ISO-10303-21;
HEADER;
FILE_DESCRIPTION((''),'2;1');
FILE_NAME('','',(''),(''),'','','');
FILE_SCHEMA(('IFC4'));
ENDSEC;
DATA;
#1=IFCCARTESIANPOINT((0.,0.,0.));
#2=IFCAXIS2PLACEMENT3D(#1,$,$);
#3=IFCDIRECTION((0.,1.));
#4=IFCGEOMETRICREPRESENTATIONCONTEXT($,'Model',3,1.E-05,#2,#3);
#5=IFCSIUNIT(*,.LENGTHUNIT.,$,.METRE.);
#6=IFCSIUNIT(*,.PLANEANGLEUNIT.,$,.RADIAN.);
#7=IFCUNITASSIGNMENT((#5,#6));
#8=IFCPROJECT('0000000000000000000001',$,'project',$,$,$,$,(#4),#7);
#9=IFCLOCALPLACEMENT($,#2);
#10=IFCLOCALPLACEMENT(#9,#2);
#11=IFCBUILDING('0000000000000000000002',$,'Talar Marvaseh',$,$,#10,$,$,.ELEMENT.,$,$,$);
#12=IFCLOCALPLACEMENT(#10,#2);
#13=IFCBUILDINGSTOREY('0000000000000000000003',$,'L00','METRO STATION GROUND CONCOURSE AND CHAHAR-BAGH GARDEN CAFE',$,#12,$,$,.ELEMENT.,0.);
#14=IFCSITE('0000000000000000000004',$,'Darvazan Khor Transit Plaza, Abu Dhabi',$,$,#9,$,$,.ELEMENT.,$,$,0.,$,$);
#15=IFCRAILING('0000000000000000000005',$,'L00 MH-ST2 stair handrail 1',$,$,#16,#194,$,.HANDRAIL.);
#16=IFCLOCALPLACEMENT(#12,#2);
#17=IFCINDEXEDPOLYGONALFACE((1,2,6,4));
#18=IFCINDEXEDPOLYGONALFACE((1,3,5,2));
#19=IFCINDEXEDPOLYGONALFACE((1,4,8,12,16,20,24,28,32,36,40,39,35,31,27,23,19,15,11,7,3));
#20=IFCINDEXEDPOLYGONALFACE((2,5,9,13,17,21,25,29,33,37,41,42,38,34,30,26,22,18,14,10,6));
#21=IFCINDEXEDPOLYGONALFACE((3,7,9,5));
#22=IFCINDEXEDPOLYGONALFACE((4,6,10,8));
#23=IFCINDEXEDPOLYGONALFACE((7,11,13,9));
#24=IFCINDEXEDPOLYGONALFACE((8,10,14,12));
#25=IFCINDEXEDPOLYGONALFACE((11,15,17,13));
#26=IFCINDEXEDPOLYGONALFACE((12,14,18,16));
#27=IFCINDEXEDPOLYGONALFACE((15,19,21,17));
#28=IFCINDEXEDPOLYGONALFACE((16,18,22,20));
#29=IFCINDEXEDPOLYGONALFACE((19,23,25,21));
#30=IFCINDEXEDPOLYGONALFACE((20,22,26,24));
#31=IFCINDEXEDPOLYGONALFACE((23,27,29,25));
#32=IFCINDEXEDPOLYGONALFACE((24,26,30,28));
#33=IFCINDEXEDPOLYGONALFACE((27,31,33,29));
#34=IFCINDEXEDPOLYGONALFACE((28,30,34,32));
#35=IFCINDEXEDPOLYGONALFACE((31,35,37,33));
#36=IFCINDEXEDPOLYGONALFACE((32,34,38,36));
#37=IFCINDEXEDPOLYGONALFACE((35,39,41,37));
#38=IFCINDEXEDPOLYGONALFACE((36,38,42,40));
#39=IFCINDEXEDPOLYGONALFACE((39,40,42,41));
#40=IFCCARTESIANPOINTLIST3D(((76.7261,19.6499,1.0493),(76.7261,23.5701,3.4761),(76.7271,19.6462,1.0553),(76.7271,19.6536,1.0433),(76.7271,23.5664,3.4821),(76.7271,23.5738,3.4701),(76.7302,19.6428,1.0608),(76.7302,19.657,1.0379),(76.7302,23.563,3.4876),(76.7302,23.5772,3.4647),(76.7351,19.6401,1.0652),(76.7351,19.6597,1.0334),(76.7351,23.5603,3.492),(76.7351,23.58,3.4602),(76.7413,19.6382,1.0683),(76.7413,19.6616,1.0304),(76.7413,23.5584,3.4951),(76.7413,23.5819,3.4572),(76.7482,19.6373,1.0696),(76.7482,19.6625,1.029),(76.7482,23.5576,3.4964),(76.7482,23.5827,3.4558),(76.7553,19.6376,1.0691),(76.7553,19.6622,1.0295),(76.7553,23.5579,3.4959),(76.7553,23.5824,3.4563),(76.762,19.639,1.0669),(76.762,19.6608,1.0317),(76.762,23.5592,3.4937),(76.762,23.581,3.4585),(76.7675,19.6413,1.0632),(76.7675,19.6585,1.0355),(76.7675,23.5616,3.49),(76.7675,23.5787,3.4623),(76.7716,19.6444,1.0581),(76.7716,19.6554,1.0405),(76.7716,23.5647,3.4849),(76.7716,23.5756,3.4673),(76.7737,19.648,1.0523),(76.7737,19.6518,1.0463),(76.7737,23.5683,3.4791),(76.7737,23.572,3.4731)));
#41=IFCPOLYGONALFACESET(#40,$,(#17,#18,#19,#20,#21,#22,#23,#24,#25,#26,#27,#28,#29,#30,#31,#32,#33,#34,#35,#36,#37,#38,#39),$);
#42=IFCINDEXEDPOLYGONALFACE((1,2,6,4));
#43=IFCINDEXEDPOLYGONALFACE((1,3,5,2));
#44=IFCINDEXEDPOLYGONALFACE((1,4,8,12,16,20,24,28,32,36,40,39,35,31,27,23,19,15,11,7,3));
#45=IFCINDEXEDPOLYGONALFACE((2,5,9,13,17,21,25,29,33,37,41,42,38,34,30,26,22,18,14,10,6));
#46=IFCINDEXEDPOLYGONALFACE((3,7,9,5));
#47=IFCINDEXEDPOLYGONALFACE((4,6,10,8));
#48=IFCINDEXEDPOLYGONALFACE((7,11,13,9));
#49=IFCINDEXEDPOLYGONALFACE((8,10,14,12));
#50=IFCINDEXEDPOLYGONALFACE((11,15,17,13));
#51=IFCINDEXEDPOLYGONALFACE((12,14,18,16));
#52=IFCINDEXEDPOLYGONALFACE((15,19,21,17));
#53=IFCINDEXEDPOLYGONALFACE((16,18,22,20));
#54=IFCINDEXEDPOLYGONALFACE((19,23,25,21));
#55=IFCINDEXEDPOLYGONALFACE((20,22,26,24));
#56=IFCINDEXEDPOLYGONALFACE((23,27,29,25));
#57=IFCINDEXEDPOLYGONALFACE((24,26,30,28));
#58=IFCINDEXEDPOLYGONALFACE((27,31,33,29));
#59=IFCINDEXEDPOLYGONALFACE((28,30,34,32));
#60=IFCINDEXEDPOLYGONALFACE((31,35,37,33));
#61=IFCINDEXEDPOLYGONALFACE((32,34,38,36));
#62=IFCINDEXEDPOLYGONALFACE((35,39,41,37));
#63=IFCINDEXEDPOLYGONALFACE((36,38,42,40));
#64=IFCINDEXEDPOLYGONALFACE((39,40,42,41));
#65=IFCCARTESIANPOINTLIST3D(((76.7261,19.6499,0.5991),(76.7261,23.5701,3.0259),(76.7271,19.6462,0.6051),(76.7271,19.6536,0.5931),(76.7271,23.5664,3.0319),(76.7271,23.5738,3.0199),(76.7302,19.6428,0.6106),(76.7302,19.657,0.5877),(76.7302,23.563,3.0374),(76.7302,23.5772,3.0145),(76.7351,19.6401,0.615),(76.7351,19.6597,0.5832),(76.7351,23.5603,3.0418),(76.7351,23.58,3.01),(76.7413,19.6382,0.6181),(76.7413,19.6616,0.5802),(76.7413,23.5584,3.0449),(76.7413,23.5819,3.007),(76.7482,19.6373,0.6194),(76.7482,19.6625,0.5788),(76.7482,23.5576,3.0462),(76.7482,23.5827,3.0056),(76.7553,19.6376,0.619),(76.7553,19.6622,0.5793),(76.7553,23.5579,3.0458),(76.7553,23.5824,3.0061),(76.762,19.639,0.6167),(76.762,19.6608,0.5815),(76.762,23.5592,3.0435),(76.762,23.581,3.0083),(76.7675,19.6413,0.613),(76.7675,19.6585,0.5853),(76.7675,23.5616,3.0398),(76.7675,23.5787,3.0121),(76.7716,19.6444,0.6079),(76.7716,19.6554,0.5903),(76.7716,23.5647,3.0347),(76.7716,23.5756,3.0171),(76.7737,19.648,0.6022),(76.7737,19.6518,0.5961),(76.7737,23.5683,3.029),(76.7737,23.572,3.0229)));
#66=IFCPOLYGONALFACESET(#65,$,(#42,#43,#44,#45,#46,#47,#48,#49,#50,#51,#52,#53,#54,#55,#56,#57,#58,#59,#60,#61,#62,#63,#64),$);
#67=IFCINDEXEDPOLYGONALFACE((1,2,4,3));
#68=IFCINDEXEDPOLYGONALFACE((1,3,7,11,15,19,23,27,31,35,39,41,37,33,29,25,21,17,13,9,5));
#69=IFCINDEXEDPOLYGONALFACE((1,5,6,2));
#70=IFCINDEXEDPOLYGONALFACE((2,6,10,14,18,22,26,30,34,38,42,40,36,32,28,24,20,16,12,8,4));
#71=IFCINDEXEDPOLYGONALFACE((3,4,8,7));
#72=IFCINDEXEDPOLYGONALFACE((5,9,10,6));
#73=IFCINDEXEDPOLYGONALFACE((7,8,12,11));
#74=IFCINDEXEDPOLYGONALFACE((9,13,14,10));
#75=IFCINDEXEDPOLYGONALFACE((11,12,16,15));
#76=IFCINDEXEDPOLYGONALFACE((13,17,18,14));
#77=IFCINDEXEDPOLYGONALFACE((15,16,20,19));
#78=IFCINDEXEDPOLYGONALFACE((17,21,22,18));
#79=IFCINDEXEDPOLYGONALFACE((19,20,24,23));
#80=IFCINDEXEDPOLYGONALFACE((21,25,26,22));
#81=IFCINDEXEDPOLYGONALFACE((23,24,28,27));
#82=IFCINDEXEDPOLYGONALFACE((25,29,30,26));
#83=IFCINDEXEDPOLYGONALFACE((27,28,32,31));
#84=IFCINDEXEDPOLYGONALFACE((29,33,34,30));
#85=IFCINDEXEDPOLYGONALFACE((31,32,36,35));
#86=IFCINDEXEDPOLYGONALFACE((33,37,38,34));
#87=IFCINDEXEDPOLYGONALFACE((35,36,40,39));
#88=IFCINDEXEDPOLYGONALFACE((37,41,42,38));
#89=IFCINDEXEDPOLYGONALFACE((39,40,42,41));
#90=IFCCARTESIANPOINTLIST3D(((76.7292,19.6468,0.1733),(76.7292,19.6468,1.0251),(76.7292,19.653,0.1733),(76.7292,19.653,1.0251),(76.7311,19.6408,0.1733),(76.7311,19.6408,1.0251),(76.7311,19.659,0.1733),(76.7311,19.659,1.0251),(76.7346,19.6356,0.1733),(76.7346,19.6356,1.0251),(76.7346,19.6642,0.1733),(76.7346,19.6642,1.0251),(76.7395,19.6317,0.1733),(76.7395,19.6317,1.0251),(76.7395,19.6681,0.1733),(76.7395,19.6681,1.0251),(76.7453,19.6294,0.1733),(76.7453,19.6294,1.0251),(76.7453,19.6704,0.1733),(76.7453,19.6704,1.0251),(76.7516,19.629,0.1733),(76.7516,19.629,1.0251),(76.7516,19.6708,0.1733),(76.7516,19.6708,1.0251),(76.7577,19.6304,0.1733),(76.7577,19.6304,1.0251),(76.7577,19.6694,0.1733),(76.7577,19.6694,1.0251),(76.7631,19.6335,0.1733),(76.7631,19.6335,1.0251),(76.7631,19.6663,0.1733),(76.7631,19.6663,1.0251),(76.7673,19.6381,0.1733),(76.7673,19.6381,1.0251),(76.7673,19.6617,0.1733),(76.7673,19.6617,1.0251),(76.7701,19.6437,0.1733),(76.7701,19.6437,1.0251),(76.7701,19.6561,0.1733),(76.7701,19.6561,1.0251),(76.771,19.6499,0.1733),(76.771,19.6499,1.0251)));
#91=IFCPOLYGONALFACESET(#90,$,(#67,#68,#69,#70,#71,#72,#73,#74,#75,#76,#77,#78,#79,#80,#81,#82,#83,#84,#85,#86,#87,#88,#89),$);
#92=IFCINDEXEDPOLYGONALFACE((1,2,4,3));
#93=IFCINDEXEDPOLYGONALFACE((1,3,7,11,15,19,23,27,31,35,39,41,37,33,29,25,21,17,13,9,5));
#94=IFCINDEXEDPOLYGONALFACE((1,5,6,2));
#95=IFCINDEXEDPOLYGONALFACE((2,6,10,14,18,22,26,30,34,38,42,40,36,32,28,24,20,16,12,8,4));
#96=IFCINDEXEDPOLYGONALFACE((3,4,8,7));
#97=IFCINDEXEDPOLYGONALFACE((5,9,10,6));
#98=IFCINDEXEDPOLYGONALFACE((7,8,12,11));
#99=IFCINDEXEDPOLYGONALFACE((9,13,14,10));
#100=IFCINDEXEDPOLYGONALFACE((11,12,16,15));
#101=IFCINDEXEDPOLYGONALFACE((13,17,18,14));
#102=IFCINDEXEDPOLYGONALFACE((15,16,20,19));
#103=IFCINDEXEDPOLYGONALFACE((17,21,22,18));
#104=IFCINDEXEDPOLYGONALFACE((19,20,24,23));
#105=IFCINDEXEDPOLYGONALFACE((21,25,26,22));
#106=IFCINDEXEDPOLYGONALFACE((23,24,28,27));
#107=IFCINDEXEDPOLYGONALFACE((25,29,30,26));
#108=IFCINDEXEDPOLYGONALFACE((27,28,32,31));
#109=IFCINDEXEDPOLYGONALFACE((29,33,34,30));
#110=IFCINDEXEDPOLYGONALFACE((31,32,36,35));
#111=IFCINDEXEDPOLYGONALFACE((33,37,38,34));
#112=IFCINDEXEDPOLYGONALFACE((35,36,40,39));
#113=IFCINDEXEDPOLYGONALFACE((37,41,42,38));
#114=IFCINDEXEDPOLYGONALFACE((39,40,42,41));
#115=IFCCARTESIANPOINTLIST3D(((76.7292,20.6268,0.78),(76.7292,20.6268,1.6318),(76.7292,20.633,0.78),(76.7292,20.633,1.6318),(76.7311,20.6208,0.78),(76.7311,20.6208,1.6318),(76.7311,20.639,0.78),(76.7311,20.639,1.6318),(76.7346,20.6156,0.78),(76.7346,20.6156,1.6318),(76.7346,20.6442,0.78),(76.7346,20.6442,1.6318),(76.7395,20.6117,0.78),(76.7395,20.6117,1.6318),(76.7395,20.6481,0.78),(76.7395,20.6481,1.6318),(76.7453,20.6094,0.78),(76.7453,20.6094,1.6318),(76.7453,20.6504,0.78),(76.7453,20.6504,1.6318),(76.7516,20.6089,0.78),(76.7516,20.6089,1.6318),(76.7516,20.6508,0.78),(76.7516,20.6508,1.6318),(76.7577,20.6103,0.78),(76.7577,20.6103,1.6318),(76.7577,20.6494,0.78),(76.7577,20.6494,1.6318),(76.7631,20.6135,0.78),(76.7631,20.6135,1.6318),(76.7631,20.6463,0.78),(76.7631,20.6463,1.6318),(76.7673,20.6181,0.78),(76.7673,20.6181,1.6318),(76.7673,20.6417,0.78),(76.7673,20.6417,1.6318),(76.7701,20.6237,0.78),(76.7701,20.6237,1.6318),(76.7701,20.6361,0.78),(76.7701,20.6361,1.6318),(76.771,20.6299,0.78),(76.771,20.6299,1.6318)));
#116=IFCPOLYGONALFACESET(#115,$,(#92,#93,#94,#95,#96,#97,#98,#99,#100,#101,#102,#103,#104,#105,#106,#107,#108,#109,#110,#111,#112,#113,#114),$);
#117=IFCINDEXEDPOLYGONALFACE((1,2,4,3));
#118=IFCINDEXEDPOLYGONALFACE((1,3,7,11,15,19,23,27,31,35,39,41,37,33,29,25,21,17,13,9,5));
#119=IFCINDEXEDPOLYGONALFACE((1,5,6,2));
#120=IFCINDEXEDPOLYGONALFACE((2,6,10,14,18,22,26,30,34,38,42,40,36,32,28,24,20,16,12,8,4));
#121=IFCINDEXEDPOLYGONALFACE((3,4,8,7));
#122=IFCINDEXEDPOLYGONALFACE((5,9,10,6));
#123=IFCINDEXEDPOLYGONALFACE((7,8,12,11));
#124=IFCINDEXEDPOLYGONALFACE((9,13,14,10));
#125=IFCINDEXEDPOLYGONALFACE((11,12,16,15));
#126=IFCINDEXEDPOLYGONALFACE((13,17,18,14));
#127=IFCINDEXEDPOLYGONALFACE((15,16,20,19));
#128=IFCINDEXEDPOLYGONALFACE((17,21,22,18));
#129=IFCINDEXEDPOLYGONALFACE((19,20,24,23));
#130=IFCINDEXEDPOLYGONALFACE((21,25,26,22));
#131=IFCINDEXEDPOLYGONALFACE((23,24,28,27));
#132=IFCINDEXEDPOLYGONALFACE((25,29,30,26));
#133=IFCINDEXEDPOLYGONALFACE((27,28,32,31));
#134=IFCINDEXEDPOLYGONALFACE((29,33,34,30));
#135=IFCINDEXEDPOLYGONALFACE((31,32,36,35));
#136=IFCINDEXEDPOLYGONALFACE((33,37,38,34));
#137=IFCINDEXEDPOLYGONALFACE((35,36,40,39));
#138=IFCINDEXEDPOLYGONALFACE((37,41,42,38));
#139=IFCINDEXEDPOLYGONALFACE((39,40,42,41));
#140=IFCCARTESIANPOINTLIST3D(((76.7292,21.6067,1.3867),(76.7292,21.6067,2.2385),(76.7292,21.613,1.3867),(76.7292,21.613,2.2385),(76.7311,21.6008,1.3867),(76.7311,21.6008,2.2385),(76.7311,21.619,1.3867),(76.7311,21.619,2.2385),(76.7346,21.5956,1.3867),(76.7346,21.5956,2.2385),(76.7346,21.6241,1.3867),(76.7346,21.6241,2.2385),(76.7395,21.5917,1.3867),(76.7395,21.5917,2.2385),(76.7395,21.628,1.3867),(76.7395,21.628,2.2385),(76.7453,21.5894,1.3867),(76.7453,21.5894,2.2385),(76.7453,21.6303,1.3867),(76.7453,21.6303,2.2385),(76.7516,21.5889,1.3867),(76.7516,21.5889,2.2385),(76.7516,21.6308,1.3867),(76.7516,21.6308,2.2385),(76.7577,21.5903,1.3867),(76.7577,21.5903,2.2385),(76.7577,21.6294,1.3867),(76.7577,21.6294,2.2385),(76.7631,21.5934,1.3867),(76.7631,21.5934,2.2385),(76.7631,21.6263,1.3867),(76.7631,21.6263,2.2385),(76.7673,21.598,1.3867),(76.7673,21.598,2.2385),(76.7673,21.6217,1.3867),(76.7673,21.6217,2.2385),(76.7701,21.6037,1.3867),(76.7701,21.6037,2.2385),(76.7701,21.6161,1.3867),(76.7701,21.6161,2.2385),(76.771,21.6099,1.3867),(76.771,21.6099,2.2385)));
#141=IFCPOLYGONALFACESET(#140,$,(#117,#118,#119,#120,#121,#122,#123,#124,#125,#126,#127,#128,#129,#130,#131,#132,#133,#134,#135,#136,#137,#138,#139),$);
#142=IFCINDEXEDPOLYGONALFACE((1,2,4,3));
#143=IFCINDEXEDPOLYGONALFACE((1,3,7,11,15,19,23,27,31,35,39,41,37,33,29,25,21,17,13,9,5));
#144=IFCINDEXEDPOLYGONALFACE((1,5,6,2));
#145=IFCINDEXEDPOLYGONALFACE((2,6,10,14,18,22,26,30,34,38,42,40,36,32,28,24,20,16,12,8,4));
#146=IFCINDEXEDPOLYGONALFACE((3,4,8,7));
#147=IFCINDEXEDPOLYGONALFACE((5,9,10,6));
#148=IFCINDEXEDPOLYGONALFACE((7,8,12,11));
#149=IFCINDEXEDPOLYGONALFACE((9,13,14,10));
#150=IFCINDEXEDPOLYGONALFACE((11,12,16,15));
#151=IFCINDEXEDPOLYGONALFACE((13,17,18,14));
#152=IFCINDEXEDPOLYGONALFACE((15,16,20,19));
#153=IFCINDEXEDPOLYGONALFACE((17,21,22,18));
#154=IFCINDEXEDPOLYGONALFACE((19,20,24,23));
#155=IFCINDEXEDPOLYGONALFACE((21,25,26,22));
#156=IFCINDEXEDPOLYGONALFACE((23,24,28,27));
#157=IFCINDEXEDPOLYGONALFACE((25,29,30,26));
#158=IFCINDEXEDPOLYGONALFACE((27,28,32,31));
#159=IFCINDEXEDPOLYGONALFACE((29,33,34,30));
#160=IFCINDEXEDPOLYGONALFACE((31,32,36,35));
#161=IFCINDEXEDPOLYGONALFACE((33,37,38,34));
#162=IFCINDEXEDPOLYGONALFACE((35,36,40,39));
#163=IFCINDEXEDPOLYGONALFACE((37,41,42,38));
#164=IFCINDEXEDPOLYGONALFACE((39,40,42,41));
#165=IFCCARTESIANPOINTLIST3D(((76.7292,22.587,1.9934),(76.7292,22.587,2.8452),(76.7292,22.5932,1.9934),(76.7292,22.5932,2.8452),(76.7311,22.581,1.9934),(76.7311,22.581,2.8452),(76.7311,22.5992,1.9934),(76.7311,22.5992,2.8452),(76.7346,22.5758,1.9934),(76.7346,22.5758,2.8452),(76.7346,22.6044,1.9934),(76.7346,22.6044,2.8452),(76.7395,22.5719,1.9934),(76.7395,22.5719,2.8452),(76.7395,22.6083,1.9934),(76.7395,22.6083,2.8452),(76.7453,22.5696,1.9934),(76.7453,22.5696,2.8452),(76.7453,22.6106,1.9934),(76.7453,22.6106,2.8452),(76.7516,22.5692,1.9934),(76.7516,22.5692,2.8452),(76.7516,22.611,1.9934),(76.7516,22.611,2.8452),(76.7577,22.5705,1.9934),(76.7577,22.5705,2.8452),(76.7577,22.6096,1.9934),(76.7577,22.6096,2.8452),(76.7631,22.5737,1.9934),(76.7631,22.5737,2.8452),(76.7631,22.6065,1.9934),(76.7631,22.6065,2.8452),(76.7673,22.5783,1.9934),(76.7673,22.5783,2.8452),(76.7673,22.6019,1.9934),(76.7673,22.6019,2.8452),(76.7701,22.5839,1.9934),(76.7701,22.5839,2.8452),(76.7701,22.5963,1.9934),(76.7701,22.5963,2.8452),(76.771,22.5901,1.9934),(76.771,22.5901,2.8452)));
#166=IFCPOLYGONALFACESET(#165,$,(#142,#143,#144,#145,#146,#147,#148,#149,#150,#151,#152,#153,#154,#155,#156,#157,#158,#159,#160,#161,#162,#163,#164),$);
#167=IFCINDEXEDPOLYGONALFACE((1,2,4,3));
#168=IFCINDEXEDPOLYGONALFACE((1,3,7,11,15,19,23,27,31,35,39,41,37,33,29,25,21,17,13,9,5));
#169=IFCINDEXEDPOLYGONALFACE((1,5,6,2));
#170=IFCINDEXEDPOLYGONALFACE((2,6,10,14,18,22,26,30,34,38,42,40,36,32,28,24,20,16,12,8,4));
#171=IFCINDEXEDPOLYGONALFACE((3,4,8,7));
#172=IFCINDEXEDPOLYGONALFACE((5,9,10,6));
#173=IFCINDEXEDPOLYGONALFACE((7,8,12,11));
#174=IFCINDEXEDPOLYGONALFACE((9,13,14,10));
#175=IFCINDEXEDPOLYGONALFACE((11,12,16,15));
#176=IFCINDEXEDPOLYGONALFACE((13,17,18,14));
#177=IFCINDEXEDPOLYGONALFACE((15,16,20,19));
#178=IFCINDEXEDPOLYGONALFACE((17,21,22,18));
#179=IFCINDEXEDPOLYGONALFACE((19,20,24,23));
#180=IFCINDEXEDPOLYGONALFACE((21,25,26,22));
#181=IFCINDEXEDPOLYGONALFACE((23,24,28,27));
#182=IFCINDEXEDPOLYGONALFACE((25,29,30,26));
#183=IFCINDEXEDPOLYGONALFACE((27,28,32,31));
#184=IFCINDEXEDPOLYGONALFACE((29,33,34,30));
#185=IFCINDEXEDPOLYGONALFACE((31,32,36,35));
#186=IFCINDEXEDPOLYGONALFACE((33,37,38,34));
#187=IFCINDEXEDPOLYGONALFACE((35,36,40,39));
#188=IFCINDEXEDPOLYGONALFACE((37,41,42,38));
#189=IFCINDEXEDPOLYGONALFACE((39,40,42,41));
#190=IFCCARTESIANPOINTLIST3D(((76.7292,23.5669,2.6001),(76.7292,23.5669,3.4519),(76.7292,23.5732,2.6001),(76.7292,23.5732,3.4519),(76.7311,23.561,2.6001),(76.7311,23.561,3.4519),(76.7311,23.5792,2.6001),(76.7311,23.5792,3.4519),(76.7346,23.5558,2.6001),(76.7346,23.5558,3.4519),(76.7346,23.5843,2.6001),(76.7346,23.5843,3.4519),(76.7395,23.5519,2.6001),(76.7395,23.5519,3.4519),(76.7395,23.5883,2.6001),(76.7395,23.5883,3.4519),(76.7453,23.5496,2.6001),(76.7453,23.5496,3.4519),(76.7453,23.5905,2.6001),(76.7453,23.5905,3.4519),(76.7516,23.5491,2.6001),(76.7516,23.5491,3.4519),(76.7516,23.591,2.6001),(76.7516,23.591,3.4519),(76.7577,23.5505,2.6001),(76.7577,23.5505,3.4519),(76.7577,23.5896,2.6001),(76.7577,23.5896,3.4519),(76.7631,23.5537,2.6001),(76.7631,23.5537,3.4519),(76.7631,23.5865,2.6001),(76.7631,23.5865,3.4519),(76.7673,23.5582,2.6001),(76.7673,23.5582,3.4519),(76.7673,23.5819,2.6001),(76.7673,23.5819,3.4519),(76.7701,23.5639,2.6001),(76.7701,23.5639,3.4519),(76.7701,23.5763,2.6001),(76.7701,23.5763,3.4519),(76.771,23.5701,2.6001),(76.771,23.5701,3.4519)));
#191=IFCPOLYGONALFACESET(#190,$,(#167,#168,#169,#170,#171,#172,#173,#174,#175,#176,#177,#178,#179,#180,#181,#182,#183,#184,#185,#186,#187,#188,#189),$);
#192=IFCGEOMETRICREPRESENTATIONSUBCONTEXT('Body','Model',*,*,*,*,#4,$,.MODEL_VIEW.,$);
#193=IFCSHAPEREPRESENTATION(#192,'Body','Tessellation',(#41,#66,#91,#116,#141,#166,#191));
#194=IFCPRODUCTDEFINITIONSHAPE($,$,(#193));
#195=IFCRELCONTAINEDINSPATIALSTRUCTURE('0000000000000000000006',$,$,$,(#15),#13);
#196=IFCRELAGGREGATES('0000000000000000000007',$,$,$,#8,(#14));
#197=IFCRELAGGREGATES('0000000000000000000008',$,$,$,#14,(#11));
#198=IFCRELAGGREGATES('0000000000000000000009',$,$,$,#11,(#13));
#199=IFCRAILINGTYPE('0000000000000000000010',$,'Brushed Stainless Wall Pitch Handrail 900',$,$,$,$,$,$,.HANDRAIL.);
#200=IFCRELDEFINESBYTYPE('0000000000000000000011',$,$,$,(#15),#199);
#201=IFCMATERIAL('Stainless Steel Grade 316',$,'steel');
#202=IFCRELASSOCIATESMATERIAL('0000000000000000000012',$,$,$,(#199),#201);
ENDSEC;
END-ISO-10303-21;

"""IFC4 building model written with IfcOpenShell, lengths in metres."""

from ifc_helpers import new_model, si_unit, direction, frame, origin, origin_2d, place, context, subcontext, project, spatial, circle, extrude, material, type_object, element, save


model = new_model("IFC4")

# Units and contexts
model_context = context("Model", 3, precision=1e-05, world=origin(), true_north=direction((0.0, 1.0)))
body_context = subcontext(model_context, "Body", "Model", "MODEL_VIEW")
ifc_project = project(units=[si_unit("LENGTHUNIT", "METRE"), si_unit("PLANEANGLEUNIT", "RADIAN")], contexts=[model_context])

# Site, building, storey
site_placement = place(None, origin())
site = spatial("IfcSite", under=ifc_project, at=site_placement, Name="Darvazan Khor Transit Plaza, Abu Dhabi", CompositionType="ELEMENT", RefElevation=0.0)
building_placement = place(site_placement, origin())
building = spatial("IfcBuilding", under=site, at=building_placement, Name="Talar Marvaseh", CompositionType="ELEMENT")
storey_placement = place(building_placement, origin())
storey = spatial("IfcBuildingStorey", under=building, at=storey_placement, Name="L00", Description="METRO STATION GROUND CONCOURSE AND CHAHAR-BAGH GARDEN CAFE", CompositionType="ELEMENT", Elevation=0.0)

# Railing
ifc_material_1 = material(Name="Stainless Steel Grade 316", Category="steel")
railing_type_1 = type_object("IfcRailingType", Name="Brushed Stainless Wall Pitch Handrail 900", PredefinedType="HANDRAIL", material=ifc_material_1)
railing_1_placement = place(storey_placement, frame((76.75, 19.6499, 0.1733)))
element("IfcRailing", 1, at=railing_1_placement, inside=storey, type_object=railing_type_1, Name="L00 MH-ST2 stair handrail 1", PredefinedType="HANDRAIL", context=body_context, shape_type="SweptSolid", body=[
    extrude(circle(Radius=0.0239, at=origin_2d()), frame((0.0, 0.0, 0.876), z_axis=(0.0, 0.850266, 0.526353), x_axis=(-1.0, 0.0, 0.0)), (0.0, 0.0, 1.0), 4.6106),
    extrude(circle(Radius=0.0239, at=origin_2d()), frame((0.0, 0.0, 0.4258), z_axis=(0.0, 0.850266, 0.526353), x_axis=(-1.0, 0.0, 0.0)), (0.0, 0.0, 1.0), 4.6106),
    extrude(circle(Radius=0.021, at=origin_2d()), origin(), (0.0, 0.0, 1.0), 0.8518),
    extrude(circle(Radius=0.021, at=origin_2d()), frame((0.0, 0.98, 0.6067)), (0.0, 0.0, 1.0), 0.8518),
    extrude(circle(Radius=0.021, at=origin_2d()), frame((0.0, 1.96, 1.2134)), (0.0, 0.0, 1.0), 0.8518),
    extrude(circle(Radius=0.021, at=origin_2d()), frame((0.0, 2.9402, 1.8201)), (0.0, 0.0, 1.0), 0.8518),
    extrude(circle(Radius=0.021, at=origin_2d()), frame((0.0, 3.9202, 2.4268)), (0.0, 0.0, 1.0), 0.8518),
])

save(model, "model.ifc")
